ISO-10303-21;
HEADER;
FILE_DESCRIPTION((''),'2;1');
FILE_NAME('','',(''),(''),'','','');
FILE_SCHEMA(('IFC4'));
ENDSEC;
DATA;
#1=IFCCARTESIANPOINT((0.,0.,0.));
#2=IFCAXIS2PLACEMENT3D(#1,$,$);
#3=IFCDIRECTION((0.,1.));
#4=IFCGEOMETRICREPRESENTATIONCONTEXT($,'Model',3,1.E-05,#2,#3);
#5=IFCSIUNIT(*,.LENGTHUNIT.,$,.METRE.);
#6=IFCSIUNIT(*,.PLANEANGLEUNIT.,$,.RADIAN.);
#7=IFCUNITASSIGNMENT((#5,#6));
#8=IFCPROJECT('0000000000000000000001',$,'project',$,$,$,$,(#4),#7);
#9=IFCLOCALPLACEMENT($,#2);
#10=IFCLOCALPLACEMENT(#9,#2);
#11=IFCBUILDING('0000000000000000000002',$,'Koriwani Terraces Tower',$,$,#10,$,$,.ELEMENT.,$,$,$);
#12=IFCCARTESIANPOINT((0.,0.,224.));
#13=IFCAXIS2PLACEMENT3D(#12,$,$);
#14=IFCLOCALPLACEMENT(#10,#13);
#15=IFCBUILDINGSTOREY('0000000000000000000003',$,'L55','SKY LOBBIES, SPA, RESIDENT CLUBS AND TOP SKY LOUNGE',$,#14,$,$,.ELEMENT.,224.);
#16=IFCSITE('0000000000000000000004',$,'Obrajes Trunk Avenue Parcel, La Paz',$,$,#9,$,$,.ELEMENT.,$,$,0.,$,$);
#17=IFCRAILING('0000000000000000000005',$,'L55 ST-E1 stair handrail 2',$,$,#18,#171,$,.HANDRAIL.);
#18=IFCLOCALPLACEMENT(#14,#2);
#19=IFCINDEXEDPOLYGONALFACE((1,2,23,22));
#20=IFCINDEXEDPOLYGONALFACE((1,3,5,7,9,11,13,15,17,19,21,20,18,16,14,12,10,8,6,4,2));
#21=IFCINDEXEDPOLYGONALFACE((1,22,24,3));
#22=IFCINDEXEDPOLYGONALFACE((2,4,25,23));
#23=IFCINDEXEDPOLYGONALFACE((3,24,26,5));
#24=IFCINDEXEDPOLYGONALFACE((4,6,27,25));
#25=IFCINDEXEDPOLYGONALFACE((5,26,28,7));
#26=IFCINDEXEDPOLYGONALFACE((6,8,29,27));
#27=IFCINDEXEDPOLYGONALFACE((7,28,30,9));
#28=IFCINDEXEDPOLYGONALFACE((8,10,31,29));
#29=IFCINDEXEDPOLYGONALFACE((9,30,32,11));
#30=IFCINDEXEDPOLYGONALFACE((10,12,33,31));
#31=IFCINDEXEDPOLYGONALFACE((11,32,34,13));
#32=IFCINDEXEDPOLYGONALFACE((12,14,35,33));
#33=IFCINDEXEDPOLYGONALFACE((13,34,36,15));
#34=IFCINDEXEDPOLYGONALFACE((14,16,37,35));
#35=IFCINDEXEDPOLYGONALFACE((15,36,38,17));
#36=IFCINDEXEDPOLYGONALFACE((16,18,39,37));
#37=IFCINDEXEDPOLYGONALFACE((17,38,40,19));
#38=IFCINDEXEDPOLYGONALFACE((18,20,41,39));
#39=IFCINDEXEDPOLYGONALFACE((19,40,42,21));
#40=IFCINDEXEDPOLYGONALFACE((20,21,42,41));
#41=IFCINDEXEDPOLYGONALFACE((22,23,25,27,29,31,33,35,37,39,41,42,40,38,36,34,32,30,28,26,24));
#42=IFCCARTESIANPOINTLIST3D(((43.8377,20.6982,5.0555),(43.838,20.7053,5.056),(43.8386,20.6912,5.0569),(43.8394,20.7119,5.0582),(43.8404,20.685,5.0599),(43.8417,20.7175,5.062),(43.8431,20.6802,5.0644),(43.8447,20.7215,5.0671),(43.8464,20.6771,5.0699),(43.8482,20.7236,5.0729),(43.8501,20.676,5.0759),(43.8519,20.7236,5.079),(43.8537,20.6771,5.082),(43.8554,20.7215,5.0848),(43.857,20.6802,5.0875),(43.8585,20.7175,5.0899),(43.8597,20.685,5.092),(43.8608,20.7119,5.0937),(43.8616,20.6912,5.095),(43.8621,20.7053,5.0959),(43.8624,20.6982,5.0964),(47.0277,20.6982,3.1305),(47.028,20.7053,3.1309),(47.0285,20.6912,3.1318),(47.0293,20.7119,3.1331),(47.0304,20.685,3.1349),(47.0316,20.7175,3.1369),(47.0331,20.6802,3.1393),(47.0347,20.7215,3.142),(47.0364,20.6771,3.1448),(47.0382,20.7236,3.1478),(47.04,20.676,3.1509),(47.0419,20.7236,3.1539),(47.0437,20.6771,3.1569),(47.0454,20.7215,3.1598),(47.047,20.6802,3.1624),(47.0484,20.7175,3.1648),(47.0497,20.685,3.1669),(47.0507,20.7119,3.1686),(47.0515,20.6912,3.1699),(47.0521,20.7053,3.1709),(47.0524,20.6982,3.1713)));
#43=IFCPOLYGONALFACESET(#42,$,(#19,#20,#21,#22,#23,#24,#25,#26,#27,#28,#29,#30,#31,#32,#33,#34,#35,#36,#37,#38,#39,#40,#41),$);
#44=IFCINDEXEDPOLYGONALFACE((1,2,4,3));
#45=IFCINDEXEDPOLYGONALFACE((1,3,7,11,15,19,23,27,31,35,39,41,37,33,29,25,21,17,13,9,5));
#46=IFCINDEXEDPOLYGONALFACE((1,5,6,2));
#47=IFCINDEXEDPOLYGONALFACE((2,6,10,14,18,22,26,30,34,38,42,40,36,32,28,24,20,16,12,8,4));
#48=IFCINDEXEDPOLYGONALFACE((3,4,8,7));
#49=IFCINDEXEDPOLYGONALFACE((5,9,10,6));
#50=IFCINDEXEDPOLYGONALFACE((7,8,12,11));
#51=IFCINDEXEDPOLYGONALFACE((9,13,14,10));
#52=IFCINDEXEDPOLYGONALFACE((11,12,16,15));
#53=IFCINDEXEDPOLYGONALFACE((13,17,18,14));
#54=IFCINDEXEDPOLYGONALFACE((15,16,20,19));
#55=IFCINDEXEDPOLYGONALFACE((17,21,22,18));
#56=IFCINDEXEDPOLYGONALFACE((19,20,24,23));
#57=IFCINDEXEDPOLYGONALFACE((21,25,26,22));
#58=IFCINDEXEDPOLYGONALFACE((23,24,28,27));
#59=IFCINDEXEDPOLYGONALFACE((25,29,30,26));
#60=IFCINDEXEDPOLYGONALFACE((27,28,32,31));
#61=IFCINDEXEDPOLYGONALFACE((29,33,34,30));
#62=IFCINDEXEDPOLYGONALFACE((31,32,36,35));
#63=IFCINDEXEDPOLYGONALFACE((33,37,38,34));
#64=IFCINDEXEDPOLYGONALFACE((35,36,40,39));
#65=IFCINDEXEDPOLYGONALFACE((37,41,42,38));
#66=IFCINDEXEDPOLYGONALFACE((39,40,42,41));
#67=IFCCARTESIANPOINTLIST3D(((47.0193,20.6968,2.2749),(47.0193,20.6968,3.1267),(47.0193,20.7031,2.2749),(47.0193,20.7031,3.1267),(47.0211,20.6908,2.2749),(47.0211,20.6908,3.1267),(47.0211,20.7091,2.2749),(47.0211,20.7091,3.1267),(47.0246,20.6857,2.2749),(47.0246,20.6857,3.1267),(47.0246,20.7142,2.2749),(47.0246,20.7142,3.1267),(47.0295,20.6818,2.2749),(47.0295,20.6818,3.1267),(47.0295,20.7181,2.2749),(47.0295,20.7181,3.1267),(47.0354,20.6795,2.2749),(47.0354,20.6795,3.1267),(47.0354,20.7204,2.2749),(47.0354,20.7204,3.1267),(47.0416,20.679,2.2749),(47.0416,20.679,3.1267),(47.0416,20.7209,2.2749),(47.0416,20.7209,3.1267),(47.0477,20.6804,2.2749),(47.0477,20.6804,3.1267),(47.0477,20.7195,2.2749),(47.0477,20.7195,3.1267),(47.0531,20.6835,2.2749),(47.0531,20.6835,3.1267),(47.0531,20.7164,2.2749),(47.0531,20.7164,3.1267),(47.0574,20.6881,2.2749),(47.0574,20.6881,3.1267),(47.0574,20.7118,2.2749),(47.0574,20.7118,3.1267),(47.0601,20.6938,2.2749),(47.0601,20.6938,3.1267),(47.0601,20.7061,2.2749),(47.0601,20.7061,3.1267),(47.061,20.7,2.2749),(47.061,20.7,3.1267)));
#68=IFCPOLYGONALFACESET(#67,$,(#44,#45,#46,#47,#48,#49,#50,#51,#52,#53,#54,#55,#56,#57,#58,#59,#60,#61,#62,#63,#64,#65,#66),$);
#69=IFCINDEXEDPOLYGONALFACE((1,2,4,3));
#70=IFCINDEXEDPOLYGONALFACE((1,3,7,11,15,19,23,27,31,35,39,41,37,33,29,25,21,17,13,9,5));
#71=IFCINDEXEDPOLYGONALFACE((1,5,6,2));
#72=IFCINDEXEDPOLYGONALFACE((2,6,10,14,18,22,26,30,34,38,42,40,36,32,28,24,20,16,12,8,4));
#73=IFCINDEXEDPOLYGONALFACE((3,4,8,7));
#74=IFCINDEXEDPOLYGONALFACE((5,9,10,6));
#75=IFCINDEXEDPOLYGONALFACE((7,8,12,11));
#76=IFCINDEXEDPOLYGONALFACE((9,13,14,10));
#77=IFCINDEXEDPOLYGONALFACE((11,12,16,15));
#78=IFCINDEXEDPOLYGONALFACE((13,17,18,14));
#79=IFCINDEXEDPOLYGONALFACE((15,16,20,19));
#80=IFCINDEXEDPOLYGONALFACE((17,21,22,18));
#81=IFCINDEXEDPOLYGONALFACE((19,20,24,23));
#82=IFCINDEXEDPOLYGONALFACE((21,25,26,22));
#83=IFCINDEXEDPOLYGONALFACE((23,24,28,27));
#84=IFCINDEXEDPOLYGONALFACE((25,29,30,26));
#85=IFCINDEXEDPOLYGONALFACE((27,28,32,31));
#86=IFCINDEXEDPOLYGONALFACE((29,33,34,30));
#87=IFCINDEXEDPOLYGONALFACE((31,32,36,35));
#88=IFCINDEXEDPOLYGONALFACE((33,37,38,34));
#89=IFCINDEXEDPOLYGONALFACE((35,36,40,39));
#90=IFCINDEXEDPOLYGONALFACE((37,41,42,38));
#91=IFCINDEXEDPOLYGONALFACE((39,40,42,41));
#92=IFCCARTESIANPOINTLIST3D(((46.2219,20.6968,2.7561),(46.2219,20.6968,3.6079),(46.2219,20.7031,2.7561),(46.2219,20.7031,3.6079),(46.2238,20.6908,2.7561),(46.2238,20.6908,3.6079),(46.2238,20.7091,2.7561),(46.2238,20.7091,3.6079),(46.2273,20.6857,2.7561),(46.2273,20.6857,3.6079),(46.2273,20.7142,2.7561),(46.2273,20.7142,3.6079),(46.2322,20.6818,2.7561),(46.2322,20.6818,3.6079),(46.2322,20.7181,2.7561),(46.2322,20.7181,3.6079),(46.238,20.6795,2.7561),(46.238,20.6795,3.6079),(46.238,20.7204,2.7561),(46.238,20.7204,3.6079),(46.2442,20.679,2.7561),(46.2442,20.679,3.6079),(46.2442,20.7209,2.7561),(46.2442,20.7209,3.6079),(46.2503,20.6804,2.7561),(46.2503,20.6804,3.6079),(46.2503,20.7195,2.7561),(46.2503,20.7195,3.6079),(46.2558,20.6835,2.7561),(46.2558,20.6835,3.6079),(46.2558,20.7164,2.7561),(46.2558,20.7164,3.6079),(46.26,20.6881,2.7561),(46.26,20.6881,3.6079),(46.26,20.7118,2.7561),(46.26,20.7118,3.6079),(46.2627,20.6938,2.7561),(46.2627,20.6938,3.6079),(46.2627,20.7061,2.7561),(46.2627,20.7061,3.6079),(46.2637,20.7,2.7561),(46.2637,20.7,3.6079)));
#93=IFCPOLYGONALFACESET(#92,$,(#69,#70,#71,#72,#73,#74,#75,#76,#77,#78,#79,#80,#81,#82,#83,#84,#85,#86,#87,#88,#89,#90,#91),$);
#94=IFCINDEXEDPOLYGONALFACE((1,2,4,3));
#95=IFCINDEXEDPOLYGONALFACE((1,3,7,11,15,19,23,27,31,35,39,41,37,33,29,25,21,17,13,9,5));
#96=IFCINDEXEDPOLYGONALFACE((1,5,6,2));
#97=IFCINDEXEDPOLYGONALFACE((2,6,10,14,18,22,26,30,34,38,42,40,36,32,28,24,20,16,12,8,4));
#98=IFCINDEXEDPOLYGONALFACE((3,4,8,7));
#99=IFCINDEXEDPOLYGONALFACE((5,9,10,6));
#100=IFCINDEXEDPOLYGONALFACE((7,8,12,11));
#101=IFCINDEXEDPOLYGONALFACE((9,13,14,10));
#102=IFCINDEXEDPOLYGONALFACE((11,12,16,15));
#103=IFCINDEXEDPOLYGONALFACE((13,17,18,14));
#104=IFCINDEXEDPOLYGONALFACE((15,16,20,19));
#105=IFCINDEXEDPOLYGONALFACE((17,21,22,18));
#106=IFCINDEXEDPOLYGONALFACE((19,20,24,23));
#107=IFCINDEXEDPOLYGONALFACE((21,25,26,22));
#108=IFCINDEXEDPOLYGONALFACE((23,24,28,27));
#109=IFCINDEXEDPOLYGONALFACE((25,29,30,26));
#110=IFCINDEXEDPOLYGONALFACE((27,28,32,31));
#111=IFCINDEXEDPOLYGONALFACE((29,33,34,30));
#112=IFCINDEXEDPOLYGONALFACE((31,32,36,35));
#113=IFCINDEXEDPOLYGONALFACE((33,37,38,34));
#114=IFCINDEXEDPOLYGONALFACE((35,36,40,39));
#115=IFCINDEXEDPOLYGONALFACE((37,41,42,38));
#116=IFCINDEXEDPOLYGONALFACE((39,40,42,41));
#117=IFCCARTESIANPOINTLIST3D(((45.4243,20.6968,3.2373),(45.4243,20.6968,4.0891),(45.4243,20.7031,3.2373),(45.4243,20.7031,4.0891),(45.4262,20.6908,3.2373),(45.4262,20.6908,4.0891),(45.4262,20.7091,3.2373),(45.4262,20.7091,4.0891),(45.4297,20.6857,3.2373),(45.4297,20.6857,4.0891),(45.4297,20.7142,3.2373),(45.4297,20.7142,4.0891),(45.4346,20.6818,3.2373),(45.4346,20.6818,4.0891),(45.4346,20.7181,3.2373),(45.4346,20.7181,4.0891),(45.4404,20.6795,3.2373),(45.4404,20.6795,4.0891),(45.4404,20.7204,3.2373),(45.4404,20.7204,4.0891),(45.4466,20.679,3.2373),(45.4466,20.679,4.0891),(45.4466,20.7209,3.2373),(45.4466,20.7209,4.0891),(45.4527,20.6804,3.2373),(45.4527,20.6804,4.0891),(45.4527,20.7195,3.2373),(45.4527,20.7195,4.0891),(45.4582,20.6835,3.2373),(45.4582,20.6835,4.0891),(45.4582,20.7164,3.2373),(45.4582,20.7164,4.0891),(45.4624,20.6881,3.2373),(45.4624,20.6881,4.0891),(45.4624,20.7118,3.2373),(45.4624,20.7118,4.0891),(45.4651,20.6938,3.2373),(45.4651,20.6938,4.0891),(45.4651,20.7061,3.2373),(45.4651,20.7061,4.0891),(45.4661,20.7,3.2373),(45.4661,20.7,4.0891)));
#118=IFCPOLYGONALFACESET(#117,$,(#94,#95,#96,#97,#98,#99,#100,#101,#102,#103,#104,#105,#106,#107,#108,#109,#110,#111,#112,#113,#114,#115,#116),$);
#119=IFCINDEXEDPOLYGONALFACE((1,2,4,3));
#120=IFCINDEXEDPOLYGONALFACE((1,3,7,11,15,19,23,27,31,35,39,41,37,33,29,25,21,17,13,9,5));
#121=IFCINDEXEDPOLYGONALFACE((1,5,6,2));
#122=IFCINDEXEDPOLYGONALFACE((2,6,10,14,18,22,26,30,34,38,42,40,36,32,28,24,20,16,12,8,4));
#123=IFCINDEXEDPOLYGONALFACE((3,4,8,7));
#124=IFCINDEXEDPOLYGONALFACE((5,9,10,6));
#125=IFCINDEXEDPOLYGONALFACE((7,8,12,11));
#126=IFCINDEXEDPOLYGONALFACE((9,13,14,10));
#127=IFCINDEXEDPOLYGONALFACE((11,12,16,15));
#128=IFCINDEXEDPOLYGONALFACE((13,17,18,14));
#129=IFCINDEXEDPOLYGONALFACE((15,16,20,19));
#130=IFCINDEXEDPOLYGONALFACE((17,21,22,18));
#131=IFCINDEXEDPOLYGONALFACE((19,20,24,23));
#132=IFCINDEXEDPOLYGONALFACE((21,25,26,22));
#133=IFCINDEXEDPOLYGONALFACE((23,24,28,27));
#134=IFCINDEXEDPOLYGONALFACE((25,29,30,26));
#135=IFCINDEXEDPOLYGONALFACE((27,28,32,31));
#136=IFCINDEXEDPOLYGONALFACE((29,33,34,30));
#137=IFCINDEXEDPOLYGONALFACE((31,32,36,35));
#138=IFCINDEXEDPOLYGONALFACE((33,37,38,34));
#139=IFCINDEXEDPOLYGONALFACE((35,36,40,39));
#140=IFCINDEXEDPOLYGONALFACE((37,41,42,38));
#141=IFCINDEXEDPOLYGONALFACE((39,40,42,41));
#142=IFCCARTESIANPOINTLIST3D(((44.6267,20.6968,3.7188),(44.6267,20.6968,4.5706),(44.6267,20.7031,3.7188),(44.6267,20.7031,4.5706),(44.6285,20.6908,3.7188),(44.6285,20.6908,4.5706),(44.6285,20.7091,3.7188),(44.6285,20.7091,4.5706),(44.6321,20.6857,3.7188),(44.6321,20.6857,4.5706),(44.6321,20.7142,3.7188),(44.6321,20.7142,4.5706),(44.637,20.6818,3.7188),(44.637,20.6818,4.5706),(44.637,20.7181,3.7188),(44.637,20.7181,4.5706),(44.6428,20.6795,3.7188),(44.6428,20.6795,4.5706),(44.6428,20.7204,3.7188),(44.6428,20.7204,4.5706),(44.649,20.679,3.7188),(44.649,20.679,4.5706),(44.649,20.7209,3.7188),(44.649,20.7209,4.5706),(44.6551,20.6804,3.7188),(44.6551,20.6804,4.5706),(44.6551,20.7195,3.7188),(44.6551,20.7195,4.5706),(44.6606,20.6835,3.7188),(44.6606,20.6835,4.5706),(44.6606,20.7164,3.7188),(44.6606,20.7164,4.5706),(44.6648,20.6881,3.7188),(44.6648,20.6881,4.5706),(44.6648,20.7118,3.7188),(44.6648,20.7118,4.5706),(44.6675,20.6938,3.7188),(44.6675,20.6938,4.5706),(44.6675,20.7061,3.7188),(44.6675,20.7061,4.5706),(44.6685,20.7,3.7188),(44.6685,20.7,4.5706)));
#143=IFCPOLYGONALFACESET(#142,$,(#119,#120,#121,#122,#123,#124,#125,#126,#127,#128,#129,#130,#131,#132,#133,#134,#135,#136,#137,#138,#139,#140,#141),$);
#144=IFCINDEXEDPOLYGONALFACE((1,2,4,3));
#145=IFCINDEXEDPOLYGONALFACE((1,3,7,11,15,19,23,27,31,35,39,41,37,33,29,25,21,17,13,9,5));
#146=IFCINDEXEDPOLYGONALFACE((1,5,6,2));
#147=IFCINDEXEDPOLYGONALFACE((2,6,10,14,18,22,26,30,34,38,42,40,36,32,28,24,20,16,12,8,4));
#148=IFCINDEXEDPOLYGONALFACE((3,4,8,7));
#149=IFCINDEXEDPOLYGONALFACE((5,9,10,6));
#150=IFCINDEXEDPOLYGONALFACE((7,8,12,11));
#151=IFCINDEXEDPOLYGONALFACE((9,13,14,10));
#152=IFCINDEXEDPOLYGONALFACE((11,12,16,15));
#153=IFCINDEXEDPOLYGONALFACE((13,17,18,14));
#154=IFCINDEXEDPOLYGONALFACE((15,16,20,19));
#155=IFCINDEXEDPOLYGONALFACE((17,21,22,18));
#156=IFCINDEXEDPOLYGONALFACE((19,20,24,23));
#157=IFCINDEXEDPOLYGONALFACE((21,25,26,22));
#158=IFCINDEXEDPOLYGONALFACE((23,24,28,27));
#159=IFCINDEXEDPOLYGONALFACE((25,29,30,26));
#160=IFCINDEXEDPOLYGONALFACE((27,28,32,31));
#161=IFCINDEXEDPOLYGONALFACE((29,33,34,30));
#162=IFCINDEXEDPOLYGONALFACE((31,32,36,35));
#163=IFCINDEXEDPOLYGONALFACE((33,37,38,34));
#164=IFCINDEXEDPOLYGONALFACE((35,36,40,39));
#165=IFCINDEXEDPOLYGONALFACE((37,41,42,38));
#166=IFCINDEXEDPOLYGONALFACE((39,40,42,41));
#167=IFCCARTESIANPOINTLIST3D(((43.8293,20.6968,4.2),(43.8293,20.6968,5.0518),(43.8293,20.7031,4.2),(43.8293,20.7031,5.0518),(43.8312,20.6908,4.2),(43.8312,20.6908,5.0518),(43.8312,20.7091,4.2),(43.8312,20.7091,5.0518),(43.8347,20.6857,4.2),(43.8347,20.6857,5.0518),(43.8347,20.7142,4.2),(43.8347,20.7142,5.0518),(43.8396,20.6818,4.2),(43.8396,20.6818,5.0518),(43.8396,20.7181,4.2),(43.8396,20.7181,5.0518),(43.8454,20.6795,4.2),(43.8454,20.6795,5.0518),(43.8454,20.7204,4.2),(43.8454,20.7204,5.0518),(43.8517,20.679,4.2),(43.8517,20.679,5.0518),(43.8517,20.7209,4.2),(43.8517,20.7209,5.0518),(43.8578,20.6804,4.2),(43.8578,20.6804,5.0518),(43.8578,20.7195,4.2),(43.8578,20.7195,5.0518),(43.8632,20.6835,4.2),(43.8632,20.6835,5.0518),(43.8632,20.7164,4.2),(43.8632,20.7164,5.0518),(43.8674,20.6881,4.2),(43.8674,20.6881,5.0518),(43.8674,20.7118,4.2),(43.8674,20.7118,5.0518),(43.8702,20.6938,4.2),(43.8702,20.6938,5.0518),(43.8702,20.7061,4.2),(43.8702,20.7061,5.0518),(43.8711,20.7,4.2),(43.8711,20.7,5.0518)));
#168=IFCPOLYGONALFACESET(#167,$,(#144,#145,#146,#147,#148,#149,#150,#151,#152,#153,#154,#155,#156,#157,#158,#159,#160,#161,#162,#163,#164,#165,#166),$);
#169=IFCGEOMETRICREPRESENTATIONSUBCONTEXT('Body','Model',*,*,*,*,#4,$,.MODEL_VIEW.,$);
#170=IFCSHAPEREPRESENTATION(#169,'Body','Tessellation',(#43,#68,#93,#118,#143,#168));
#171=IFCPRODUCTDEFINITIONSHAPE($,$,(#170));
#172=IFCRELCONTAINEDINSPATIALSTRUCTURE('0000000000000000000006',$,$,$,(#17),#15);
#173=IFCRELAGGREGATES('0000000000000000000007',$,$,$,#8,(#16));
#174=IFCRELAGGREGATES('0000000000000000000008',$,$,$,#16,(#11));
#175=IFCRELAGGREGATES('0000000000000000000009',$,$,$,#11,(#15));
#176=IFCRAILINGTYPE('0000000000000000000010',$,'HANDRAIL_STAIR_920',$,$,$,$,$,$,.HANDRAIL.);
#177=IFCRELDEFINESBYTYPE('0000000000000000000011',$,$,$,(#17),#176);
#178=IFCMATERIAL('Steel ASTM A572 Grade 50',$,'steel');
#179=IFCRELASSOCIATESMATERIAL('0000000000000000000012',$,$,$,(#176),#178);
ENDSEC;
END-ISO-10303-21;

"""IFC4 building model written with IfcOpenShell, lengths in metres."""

from ifc_helpers import new_model, si_unit, direction, frame, origin, origin_2d, place, context, subcontext, project, spatial, circle, extrude, material, type_object, element, save


model = new_model("IFC4")

# Units and contexts
model_context = context("Model", 3, precision=1e-05, world=origin(), true_north=direction((0.0, 1.0)))
body_context = subcontext(model_context, "Body", "Model", "MODEL_VIEW")
ifc_project = project(units=[si_unit("LENGTHUNIT", "METRE"), si_unit("PLANEANGLEUNIT", "RADIAN")], contexts=[model_context])

# Site, building, storey
site_placement = place(None, origin())
site = spatial("IfcSite", under=ifc_project, at=site_placement, Name="Obrajes Trunk Avenue Parcel, La Paz", CompositionType="ELEMENT", RefElevation=0.0)
building_placement = place(site_placement, origin())
building = spatial("IfcBuilding", under=site, at=building_placement, Name="Koriwani Terraces Tower", CompositionType="ELEMENT")
storey_placement = place(building_placement, frame((0.0, 0.0, 224.0)))
storey = spatial("IfcBuildingStorey", under=building, at=storey_placement, Name="L55", Description="SKY LOBBIES, SPA, RESIDENT CLUBS AND TOP SKY LOUNGE", CompositionType="ELEMENT", Elevation=224.0)

# Shared definitions
ifc_material_1 = material(Name="Steel ASTM A572 Grade 50", Category="steel")

# Railing
railing_type_1 = type_object("IfcRailingType", Name="HANDRAIL_STAIR_920", PredefinedType="HANDRAIL", material=ifc_material_1)
railing_1_placement = place(storey_placement, frame((47.04, 20.7, 2.2749)))
element("IfcRailing", 1, at=railing_1_placement, inside=storey, type_object=railing_type_1, Name="L55 ST-E1 stair handrail 2", PredefinedType="HANDRAIL", context=body_context, shape_type="SweptSolid", body=[
    extrude(circle(Radius=0.0239, at=origin_2d()), frame((0.0, 0.0, 0.876), z_axis=(-0.856178, 0.0, 0.516682), x_axis=(0.0, -1.0, 0.0)), (0.0, 0.0, 1.0), 3.7258),
    extrude(circle(Radius=0.021, at=origin_2d()), origin(), (0.0, 0.0, 1.0), 0.8518),
    extrude(circle(Radius=0.021, at=origin_2d()), frame((-0.7974, 0.0, 0.4812)), (0.0, 0.0, 1.0), 0.8518),
    extrude(circle(Radius=0.021, at=origin_2d()), frame((-1.595, 0.0, 0.9624)), (0.0, 0.0, 1.0), 0.8518),
    extrude(circle(Radius=0.021, at=origin_2d()), frame((-2.3926, 0.0, 1.4438)), (0.0, 0.0, 1.0), 0.8518),
    extrude(circle(Radius=0.021, at=origin_2d()), frame((-3.1899, 0.0, 1.925)), (0.0, 0.0, 1.0), 0.8518),
])

save(model, "model.ifc")
